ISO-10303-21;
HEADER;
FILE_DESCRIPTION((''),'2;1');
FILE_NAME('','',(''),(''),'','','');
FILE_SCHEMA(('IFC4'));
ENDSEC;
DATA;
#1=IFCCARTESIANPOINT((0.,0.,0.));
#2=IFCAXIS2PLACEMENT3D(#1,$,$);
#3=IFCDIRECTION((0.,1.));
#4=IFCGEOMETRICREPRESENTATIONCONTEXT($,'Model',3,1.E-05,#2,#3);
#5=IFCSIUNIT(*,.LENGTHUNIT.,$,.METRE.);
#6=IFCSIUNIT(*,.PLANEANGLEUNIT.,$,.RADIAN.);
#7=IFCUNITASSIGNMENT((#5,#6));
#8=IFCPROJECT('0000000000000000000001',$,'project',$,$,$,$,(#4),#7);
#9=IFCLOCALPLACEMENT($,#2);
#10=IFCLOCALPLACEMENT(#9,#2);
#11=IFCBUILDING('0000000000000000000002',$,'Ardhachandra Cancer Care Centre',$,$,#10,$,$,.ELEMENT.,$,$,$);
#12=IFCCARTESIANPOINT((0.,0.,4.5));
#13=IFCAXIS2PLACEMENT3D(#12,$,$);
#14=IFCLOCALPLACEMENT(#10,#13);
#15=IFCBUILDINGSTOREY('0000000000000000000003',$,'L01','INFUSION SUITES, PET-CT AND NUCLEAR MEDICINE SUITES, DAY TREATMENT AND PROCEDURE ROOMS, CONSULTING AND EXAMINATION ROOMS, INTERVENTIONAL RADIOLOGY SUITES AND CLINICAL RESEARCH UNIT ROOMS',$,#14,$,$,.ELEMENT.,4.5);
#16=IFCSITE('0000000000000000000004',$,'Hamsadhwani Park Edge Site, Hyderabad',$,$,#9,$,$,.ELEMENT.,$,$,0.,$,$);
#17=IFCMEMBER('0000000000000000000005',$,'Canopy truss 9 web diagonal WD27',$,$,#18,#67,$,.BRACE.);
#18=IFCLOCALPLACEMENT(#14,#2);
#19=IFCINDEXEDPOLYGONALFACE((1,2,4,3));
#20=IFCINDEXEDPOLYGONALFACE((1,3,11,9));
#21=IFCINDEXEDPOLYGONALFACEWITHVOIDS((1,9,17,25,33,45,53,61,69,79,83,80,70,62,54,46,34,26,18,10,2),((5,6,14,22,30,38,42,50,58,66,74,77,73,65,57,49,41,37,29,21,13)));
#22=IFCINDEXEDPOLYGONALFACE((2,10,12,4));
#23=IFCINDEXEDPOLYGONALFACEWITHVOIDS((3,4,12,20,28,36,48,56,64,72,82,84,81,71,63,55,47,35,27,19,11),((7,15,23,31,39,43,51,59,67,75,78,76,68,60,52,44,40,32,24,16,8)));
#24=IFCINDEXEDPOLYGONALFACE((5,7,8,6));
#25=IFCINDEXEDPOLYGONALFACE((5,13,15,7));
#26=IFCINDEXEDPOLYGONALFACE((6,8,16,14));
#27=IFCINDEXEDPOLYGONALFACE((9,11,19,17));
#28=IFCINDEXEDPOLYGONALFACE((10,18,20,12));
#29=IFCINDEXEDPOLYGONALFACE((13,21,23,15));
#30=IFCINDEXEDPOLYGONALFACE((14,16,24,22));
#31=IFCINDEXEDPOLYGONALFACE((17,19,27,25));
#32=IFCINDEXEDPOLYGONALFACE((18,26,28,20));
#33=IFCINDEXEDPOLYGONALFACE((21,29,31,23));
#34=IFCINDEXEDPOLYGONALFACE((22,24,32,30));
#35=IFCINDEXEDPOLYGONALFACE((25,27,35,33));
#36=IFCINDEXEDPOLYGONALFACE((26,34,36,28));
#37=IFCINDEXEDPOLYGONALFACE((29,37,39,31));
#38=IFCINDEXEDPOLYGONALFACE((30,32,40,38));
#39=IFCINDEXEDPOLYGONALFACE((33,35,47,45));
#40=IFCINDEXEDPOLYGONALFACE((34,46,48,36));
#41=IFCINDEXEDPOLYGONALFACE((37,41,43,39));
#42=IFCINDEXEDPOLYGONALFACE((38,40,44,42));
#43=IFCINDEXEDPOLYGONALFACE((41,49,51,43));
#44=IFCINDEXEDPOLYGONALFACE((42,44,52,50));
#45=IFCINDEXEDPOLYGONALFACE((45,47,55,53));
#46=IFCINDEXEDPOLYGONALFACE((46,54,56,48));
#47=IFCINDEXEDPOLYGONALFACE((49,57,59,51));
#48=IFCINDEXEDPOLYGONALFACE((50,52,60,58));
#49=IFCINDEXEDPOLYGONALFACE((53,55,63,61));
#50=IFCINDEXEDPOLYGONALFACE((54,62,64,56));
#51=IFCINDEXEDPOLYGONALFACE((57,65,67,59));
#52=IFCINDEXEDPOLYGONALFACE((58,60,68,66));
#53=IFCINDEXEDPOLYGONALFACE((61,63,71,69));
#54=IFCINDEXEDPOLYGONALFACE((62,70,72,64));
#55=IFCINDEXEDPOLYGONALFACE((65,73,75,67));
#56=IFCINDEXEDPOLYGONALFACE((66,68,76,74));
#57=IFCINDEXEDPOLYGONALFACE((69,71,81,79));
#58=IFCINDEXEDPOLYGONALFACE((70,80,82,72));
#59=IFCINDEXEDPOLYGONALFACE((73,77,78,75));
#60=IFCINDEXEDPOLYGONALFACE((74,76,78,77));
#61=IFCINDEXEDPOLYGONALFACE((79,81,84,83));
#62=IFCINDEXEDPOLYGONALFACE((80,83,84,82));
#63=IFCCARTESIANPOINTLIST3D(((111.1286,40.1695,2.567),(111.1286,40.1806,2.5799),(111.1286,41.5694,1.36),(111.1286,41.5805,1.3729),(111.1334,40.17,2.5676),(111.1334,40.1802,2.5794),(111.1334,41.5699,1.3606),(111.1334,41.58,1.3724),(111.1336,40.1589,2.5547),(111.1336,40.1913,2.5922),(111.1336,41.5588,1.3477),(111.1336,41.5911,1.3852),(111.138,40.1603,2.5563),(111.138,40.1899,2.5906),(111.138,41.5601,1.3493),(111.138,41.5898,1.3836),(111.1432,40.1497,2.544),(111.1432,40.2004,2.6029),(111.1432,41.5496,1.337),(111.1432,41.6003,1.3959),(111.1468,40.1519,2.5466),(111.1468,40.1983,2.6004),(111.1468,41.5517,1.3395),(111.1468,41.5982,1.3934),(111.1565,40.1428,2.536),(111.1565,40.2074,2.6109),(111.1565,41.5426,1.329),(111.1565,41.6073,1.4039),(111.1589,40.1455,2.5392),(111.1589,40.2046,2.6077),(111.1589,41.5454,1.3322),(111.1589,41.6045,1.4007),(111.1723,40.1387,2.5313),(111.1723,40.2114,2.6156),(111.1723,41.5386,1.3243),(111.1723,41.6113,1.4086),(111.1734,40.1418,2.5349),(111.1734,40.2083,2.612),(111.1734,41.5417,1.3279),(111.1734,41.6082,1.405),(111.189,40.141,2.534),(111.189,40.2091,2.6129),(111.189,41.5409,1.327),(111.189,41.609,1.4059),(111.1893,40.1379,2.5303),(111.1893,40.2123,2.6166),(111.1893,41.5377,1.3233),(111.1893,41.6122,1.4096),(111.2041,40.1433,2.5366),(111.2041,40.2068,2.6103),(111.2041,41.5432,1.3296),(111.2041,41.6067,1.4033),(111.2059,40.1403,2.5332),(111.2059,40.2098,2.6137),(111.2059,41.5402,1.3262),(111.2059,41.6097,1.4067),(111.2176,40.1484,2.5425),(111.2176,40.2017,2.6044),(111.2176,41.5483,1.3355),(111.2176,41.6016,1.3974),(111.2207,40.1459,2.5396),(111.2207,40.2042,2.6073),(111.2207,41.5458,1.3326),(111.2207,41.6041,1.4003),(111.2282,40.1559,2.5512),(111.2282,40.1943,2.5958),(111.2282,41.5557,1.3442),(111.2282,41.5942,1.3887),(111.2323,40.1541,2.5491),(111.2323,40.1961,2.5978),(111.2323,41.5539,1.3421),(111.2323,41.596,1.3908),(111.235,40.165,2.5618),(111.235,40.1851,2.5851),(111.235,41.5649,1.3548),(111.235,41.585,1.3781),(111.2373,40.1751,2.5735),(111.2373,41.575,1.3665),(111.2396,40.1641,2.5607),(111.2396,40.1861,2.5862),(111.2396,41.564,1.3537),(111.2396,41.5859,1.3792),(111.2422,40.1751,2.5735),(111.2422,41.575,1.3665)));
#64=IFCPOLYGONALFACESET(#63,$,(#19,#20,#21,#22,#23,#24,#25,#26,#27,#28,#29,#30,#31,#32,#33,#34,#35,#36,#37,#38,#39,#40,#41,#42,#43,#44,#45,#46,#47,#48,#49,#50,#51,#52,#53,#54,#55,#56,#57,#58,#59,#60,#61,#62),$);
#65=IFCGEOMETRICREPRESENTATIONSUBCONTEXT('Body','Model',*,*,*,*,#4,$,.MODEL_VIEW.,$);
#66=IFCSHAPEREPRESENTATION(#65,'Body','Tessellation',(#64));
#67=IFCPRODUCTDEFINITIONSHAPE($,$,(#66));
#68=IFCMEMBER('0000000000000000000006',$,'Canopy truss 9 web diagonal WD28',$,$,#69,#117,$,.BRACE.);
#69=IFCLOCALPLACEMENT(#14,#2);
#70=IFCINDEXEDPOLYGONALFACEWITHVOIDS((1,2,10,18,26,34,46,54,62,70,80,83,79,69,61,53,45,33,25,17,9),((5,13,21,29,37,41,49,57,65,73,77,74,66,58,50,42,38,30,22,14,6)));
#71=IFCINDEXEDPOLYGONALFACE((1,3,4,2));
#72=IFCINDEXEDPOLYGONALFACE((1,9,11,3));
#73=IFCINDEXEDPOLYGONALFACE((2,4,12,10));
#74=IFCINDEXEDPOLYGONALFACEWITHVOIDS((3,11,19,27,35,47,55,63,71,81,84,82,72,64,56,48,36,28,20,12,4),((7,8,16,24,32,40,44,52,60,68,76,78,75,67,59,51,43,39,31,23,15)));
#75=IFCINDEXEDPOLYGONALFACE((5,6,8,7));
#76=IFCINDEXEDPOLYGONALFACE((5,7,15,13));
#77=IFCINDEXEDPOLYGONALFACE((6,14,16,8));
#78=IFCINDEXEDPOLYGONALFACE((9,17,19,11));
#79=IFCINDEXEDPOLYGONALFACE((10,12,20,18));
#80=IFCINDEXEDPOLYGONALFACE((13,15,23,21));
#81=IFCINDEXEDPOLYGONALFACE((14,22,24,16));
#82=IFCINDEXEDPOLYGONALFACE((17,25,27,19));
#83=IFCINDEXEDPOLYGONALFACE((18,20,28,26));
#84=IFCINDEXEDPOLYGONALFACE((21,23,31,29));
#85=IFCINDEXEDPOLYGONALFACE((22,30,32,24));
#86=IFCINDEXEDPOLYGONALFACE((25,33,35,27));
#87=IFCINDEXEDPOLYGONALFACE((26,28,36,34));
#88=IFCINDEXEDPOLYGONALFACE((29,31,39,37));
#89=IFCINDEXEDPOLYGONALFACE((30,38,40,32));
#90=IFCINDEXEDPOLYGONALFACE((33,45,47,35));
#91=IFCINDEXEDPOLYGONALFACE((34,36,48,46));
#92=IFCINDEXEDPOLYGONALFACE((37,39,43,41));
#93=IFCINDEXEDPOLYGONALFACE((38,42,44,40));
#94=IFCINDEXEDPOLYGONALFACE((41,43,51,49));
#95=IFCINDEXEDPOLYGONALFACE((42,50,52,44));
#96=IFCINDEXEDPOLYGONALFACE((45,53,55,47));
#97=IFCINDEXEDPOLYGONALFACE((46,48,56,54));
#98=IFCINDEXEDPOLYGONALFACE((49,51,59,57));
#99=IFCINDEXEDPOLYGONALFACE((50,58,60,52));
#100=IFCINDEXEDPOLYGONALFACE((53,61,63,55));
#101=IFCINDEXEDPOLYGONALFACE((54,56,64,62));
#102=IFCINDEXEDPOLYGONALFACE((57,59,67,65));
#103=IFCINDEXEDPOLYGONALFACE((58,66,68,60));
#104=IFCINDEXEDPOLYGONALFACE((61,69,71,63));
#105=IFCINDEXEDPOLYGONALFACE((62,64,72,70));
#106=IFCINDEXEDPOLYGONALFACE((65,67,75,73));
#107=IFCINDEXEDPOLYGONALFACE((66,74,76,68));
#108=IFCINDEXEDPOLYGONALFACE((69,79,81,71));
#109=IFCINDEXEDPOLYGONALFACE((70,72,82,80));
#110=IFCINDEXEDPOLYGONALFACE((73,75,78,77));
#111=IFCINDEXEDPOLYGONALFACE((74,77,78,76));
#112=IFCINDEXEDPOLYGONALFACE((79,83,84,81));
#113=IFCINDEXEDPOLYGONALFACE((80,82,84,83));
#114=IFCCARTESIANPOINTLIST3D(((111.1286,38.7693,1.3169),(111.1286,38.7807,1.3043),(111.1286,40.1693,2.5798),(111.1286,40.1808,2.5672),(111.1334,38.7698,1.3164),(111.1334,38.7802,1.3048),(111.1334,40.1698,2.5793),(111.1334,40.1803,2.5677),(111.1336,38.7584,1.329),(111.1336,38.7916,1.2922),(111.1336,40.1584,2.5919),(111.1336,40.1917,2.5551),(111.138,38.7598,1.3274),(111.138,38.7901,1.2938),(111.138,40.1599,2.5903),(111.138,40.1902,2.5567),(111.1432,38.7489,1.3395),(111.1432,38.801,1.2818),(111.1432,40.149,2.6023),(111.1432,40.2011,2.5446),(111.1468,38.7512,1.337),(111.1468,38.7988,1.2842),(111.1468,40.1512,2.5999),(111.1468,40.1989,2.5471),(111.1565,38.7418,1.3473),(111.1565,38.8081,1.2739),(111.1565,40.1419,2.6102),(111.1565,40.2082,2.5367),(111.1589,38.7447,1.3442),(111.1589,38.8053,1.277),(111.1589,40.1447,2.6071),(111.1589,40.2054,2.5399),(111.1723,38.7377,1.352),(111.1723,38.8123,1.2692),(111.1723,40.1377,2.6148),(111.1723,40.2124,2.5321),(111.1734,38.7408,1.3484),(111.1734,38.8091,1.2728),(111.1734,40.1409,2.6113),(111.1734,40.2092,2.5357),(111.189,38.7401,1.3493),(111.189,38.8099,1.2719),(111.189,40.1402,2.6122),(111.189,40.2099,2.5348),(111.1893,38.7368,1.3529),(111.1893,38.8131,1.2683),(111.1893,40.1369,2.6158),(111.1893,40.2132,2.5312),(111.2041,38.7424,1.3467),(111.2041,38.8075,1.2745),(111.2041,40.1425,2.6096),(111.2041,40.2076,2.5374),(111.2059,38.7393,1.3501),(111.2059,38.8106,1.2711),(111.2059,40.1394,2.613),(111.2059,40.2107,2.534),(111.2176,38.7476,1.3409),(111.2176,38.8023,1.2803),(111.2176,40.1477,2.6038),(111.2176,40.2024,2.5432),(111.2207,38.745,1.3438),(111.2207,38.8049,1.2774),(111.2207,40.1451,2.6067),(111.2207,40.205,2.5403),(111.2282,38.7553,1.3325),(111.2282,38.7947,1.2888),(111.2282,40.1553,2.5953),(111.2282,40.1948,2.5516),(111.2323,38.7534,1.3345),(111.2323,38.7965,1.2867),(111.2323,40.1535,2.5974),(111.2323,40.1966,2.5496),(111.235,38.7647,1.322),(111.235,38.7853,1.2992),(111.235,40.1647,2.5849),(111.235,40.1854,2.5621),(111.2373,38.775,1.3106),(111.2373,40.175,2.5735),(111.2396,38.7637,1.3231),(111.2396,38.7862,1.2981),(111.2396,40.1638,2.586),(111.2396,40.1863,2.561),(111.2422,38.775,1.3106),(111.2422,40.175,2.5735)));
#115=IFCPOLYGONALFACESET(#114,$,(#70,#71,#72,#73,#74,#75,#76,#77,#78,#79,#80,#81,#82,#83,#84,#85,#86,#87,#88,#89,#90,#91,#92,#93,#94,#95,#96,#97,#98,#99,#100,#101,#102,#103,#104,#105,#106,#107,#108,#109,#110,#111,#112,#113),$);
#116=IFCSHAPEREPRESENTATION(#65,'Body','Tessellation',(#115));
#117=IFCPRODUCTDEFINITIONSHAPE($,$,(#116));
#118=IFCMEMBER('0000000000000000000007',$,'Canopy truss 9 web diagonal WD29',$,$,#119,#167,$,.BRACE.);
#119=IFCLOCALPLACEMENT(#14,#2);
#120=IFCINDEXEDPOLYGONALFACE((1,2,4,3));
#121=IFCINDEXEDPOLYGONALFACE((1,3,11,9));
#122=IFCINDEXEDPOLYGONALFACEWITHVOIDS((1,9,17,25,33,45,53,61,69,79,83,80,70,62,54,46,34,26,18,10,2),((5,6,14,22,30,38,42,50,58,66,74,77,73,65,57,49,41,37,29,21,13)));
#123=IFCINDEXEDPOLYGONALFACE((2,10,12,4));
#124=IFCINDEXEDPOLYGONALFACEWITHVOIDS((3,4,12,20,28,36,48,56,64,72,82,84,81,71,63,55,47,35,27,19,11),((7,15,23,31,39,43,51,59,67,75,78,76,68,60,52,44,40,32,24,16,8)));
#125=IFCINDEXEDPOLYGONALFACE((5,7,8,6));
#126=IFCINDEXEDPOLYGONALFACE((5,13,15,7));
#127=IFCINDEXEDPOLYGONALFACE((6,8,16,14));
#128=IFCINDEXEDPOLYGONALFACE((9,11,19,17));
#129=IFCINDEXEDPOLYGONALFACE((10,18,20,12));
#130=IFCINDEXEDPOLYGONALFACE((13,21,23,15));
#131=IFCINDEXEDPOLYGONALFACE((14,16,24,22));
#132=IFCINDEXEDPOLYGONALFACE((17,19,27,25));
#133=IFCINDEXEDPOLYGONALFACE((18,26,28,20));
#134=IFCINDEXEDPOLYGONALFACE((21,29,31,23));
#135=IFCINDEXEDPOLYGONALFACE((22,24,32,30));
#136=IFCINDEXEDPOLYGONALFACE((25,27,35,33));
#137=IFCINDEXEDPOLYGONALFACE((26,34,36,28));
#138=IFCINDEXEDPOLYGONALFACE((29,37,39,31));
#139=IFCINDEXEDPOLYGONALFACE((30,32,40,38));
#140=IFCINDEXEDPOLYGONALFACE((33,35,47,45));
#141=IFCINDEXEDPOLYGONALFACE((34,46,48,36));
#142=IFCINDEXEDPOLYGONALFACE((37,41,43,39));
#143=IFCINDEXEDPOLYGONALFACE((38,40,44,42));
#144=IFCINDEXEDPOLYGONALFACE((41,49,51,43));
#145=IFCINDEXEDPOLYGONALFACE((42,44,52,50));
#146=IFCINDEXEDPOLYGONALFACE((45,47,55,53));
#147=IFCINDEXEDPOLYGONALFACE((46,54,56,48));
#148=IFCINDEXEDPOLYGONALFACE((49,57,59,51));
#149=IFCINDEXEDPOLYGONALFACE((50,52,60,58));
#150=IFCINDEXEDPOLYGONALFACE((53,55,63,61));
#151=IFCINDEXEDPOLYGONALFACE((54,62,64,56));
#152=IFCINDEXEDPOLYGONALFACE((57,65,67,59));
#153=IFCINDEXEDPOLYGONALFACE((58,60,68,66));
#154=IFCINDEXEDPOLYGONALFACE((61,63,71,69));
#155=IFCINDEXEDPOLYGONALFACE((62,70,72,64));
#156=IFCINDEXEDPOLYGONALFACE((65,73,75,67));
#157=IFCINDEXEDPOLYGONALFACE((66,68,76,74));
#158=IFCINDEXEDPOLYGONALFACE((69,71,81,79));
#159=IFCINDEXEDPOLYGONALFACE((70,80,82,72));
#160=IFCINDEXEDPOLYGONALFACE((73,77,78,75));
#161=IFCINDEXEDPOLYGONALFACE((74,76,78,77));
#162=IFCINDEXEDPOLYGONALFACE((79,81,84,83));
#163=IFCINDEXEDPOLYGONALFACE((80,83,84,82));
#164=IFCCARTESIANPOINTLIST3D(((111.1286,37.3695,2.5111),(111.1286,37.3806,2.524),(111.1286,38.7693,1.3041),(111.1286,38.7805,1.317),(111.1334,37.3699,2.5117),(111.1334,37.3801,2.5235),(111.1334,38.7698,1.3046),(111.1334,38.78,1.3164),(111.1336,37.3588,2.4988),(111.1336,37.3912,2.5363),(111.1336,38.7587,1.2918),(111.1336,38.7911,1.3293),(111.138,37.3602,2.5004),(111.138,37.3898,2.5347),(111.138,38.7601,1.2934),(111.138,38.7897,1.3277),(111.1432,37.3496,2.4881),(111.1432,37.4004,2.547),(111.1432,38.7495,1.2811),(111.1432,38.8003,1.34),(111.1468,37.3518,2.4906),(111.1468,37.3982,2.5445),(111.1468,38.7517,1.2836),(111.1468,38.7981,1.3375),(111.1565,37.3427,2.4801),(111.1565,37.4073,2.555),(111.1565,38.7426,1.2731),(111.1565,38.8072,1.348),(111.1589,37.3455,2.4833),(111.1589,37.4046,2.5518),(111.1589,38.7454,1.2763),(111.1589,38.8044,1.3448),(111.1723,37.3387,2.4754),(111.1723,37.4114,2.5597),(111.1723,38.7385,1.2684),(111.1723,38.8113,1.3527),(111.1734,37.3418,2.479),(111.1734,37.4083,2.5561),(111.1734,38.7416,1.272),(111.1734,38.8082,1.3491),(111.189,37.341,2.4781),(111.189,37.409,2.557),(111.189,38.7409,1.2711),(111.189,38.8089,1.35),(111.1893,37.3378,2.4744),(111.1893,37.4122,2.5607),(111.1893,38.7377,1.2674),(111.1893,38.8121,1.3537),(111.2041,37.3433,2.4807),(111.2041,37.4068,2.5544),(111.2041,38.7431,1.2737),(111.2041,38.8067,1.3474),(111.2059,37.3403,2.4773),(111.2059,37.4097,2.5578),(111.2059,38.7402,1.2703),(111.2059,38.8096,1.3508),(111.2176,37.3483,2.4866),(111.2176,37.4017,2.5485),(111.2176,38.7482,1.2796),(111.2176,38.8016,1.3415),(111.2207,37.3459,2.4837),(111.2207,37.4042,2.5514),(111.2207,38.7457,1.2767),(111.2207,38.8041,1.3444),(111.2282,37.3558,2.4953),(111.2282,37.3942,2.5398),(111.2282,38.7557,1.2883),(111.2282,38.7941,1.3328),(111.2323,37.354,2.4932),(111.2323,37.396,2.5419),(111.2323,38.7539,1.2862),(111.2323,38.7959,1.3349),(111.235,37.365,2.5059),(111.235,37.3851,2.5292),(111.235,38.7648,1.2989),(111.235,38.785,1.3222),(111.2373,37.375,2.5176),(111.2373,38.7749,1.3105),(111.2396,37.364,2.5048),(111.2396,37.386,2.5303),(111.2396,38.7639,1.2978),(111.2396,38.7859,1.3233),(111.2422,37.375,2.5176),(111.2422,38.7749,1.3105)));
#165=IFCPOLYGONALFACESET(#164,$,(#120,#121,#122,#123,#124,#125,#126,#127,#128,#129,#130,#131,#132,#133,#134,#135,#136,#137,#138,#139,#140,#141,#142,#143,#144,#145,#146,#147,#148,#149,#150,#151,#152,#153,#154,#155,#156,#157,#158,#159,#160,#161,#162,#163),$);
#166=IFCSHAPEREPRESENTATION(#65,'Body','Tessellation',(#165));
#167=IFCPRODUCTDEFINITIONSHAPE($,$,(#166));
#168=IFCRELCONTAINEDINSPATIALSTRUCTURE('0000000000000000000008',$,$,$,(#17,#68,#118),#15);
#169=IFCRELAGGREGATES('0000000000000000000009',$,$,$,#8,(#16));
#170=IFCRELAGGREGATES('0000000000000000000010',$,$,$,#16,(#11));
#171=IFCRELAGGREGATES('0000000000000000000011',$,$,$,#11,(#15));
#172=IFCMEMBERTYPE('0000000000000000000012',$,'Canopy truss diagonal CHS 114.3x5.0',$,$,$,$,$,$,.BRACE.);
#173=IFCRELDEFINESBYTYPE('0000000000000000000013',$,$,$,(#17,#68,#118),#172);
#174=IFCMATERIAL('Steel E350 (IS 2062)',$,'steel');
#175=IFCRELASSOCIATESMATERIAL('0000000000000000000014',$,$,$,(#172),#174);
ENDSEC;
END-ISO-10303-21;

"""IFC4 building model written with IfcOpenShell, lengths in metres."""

from ifc_helpers import new_model, si_unit, direction, frame, origin, origin_2d, place, context, subcontext, project, spatial, hollow_circle, extrude, material, material_profile, profile_set, type_object, element, save


model = new_model("IFC4")

# Units and contexts
model_context = context("Model", 3, precision=1e-05, world=origin(), true_north=direction((0.0, 1.0)))
body_context = subcontext(model_context, "Body", "Model", "MODEL_VIEW")
ifc_project = project(units=[si_unit("LENGTHUNIT", "METRE"), si_unit("PLANEANGLEUNIT", "RADIAN")], contexts=[model_context])

# Site, building, storey
site_placement = place(None, origin())
site = spatial("IfcSite", under=ifc_project, at=site_placement, Name="Hamsadhwani Park Edge Site, Hyderabad", CompositionType="ELEMENT", RefElevation=0.0)
building_placement = place(site_placement, origin())
building = spatial("IfcBuilding", under=site, at=building_placement, Name="Ardhachandra Cancer Care Centre", CompositionType="ELEMENT")
storey_placement = place(building_placement, frame((0.0, 0.0, 4.5)))
storey = spatial("IfcBuildingStorey", under=building, at=storey_placement, Name="L01", Description="INFUSION SUITES, PET-CT AND NUCLEAR MEDICINE SUITES, DAY TREATMENT AND PROCEDURE ROOMS, CONSULTING AND EXAMINATION ROOMS, INTERVENTIONAL RADIOLOGY SUITES AND CLINICAL RESEARCH UNIT ROOMS", CompositionType="ELEMENT", Elevation=4.5)

# Members
ifc_material_1 = material(Name="Steel E350 (IS 2062)", Category="steel")
ifc_material_profile_1 = material_profile(ifc_material_1, hollow_circle(Radius=0.0571, WallThickness=0.0049, at=origin_2d()), Name="CHS 114.3x5.0")
ifc_profile_set_1 = profile_set([ifc_material_profile_1], Name="Steel E350 (IS 2062)")
member_type_1 = type_object("IfcMemberType", Name="Canopy truss diagonal CHS 114.3x5.0", PredefinedType="BRACE", material=ifc_profile_set_1)
member_1_placement = place(storey_placement, frame((111.1851, 41.575, 1.3665), z_axis=(0.0, -0.757351, 0.653008), x_axis=(1.0, 0.0, 0.0)))
element("IfcMember", 1, at=member_1_placement, inside=storey, type_object=member_type_1, Name="Canopy truss 9 web diagonal WD27", PredefinedType="BRACE", context=body_context, shape_type="SweptSolid", body=[
    extrude(hollow_circle(Radius=0.0571, WallThickness=0.0049, at=origin_2d()), origin(), (0.0, 0.0, 1.0), 1.8484),
])
member_2_placement = place(storey_placement, frame((111.1851, 40.175, 2.5735), z_axis=(0.0, -0.742553, -0.669787), x_axis=(1.0, 0.0, 0.0)))
element("IfcMember", 2, at=member_2_placement, inside=storey, type_object=member_type_1, Name="Canopy truss 9 web diagonal WD28", PredefinedType="BRACE", context=body_context, shape_type="SweptSolid", body=[
    extrude(hollow_circle(Radius=0.0571, WallThickness=0.0049, at=origin_2d()), origin(), (0.0, 0.0, 1.0), 1.8855),
])
member_3_placement = place(storey_placement, frame((111.1851, 38.7749, 1.3105), z_axis=(0.0, -0.757351, 0.653008), x_axis=(1.0, 0.0, 0.0)))
element("IfcMember", 3, at=member_3_placement, inside=storey, type_object=member_type_1, Name="Canopy truss 9 web diagonal WD29", PredefinedType="BRACE", context=body_context, shape_type="SweptSolid", body=[
    extrude(hollow_circle(Radius=0.0571, WallThickness=0.0049, at=origin_2d()), origin(), (0.0, 0.0, 1.0), 1.8484),
])

save(model, "model.ifc")
